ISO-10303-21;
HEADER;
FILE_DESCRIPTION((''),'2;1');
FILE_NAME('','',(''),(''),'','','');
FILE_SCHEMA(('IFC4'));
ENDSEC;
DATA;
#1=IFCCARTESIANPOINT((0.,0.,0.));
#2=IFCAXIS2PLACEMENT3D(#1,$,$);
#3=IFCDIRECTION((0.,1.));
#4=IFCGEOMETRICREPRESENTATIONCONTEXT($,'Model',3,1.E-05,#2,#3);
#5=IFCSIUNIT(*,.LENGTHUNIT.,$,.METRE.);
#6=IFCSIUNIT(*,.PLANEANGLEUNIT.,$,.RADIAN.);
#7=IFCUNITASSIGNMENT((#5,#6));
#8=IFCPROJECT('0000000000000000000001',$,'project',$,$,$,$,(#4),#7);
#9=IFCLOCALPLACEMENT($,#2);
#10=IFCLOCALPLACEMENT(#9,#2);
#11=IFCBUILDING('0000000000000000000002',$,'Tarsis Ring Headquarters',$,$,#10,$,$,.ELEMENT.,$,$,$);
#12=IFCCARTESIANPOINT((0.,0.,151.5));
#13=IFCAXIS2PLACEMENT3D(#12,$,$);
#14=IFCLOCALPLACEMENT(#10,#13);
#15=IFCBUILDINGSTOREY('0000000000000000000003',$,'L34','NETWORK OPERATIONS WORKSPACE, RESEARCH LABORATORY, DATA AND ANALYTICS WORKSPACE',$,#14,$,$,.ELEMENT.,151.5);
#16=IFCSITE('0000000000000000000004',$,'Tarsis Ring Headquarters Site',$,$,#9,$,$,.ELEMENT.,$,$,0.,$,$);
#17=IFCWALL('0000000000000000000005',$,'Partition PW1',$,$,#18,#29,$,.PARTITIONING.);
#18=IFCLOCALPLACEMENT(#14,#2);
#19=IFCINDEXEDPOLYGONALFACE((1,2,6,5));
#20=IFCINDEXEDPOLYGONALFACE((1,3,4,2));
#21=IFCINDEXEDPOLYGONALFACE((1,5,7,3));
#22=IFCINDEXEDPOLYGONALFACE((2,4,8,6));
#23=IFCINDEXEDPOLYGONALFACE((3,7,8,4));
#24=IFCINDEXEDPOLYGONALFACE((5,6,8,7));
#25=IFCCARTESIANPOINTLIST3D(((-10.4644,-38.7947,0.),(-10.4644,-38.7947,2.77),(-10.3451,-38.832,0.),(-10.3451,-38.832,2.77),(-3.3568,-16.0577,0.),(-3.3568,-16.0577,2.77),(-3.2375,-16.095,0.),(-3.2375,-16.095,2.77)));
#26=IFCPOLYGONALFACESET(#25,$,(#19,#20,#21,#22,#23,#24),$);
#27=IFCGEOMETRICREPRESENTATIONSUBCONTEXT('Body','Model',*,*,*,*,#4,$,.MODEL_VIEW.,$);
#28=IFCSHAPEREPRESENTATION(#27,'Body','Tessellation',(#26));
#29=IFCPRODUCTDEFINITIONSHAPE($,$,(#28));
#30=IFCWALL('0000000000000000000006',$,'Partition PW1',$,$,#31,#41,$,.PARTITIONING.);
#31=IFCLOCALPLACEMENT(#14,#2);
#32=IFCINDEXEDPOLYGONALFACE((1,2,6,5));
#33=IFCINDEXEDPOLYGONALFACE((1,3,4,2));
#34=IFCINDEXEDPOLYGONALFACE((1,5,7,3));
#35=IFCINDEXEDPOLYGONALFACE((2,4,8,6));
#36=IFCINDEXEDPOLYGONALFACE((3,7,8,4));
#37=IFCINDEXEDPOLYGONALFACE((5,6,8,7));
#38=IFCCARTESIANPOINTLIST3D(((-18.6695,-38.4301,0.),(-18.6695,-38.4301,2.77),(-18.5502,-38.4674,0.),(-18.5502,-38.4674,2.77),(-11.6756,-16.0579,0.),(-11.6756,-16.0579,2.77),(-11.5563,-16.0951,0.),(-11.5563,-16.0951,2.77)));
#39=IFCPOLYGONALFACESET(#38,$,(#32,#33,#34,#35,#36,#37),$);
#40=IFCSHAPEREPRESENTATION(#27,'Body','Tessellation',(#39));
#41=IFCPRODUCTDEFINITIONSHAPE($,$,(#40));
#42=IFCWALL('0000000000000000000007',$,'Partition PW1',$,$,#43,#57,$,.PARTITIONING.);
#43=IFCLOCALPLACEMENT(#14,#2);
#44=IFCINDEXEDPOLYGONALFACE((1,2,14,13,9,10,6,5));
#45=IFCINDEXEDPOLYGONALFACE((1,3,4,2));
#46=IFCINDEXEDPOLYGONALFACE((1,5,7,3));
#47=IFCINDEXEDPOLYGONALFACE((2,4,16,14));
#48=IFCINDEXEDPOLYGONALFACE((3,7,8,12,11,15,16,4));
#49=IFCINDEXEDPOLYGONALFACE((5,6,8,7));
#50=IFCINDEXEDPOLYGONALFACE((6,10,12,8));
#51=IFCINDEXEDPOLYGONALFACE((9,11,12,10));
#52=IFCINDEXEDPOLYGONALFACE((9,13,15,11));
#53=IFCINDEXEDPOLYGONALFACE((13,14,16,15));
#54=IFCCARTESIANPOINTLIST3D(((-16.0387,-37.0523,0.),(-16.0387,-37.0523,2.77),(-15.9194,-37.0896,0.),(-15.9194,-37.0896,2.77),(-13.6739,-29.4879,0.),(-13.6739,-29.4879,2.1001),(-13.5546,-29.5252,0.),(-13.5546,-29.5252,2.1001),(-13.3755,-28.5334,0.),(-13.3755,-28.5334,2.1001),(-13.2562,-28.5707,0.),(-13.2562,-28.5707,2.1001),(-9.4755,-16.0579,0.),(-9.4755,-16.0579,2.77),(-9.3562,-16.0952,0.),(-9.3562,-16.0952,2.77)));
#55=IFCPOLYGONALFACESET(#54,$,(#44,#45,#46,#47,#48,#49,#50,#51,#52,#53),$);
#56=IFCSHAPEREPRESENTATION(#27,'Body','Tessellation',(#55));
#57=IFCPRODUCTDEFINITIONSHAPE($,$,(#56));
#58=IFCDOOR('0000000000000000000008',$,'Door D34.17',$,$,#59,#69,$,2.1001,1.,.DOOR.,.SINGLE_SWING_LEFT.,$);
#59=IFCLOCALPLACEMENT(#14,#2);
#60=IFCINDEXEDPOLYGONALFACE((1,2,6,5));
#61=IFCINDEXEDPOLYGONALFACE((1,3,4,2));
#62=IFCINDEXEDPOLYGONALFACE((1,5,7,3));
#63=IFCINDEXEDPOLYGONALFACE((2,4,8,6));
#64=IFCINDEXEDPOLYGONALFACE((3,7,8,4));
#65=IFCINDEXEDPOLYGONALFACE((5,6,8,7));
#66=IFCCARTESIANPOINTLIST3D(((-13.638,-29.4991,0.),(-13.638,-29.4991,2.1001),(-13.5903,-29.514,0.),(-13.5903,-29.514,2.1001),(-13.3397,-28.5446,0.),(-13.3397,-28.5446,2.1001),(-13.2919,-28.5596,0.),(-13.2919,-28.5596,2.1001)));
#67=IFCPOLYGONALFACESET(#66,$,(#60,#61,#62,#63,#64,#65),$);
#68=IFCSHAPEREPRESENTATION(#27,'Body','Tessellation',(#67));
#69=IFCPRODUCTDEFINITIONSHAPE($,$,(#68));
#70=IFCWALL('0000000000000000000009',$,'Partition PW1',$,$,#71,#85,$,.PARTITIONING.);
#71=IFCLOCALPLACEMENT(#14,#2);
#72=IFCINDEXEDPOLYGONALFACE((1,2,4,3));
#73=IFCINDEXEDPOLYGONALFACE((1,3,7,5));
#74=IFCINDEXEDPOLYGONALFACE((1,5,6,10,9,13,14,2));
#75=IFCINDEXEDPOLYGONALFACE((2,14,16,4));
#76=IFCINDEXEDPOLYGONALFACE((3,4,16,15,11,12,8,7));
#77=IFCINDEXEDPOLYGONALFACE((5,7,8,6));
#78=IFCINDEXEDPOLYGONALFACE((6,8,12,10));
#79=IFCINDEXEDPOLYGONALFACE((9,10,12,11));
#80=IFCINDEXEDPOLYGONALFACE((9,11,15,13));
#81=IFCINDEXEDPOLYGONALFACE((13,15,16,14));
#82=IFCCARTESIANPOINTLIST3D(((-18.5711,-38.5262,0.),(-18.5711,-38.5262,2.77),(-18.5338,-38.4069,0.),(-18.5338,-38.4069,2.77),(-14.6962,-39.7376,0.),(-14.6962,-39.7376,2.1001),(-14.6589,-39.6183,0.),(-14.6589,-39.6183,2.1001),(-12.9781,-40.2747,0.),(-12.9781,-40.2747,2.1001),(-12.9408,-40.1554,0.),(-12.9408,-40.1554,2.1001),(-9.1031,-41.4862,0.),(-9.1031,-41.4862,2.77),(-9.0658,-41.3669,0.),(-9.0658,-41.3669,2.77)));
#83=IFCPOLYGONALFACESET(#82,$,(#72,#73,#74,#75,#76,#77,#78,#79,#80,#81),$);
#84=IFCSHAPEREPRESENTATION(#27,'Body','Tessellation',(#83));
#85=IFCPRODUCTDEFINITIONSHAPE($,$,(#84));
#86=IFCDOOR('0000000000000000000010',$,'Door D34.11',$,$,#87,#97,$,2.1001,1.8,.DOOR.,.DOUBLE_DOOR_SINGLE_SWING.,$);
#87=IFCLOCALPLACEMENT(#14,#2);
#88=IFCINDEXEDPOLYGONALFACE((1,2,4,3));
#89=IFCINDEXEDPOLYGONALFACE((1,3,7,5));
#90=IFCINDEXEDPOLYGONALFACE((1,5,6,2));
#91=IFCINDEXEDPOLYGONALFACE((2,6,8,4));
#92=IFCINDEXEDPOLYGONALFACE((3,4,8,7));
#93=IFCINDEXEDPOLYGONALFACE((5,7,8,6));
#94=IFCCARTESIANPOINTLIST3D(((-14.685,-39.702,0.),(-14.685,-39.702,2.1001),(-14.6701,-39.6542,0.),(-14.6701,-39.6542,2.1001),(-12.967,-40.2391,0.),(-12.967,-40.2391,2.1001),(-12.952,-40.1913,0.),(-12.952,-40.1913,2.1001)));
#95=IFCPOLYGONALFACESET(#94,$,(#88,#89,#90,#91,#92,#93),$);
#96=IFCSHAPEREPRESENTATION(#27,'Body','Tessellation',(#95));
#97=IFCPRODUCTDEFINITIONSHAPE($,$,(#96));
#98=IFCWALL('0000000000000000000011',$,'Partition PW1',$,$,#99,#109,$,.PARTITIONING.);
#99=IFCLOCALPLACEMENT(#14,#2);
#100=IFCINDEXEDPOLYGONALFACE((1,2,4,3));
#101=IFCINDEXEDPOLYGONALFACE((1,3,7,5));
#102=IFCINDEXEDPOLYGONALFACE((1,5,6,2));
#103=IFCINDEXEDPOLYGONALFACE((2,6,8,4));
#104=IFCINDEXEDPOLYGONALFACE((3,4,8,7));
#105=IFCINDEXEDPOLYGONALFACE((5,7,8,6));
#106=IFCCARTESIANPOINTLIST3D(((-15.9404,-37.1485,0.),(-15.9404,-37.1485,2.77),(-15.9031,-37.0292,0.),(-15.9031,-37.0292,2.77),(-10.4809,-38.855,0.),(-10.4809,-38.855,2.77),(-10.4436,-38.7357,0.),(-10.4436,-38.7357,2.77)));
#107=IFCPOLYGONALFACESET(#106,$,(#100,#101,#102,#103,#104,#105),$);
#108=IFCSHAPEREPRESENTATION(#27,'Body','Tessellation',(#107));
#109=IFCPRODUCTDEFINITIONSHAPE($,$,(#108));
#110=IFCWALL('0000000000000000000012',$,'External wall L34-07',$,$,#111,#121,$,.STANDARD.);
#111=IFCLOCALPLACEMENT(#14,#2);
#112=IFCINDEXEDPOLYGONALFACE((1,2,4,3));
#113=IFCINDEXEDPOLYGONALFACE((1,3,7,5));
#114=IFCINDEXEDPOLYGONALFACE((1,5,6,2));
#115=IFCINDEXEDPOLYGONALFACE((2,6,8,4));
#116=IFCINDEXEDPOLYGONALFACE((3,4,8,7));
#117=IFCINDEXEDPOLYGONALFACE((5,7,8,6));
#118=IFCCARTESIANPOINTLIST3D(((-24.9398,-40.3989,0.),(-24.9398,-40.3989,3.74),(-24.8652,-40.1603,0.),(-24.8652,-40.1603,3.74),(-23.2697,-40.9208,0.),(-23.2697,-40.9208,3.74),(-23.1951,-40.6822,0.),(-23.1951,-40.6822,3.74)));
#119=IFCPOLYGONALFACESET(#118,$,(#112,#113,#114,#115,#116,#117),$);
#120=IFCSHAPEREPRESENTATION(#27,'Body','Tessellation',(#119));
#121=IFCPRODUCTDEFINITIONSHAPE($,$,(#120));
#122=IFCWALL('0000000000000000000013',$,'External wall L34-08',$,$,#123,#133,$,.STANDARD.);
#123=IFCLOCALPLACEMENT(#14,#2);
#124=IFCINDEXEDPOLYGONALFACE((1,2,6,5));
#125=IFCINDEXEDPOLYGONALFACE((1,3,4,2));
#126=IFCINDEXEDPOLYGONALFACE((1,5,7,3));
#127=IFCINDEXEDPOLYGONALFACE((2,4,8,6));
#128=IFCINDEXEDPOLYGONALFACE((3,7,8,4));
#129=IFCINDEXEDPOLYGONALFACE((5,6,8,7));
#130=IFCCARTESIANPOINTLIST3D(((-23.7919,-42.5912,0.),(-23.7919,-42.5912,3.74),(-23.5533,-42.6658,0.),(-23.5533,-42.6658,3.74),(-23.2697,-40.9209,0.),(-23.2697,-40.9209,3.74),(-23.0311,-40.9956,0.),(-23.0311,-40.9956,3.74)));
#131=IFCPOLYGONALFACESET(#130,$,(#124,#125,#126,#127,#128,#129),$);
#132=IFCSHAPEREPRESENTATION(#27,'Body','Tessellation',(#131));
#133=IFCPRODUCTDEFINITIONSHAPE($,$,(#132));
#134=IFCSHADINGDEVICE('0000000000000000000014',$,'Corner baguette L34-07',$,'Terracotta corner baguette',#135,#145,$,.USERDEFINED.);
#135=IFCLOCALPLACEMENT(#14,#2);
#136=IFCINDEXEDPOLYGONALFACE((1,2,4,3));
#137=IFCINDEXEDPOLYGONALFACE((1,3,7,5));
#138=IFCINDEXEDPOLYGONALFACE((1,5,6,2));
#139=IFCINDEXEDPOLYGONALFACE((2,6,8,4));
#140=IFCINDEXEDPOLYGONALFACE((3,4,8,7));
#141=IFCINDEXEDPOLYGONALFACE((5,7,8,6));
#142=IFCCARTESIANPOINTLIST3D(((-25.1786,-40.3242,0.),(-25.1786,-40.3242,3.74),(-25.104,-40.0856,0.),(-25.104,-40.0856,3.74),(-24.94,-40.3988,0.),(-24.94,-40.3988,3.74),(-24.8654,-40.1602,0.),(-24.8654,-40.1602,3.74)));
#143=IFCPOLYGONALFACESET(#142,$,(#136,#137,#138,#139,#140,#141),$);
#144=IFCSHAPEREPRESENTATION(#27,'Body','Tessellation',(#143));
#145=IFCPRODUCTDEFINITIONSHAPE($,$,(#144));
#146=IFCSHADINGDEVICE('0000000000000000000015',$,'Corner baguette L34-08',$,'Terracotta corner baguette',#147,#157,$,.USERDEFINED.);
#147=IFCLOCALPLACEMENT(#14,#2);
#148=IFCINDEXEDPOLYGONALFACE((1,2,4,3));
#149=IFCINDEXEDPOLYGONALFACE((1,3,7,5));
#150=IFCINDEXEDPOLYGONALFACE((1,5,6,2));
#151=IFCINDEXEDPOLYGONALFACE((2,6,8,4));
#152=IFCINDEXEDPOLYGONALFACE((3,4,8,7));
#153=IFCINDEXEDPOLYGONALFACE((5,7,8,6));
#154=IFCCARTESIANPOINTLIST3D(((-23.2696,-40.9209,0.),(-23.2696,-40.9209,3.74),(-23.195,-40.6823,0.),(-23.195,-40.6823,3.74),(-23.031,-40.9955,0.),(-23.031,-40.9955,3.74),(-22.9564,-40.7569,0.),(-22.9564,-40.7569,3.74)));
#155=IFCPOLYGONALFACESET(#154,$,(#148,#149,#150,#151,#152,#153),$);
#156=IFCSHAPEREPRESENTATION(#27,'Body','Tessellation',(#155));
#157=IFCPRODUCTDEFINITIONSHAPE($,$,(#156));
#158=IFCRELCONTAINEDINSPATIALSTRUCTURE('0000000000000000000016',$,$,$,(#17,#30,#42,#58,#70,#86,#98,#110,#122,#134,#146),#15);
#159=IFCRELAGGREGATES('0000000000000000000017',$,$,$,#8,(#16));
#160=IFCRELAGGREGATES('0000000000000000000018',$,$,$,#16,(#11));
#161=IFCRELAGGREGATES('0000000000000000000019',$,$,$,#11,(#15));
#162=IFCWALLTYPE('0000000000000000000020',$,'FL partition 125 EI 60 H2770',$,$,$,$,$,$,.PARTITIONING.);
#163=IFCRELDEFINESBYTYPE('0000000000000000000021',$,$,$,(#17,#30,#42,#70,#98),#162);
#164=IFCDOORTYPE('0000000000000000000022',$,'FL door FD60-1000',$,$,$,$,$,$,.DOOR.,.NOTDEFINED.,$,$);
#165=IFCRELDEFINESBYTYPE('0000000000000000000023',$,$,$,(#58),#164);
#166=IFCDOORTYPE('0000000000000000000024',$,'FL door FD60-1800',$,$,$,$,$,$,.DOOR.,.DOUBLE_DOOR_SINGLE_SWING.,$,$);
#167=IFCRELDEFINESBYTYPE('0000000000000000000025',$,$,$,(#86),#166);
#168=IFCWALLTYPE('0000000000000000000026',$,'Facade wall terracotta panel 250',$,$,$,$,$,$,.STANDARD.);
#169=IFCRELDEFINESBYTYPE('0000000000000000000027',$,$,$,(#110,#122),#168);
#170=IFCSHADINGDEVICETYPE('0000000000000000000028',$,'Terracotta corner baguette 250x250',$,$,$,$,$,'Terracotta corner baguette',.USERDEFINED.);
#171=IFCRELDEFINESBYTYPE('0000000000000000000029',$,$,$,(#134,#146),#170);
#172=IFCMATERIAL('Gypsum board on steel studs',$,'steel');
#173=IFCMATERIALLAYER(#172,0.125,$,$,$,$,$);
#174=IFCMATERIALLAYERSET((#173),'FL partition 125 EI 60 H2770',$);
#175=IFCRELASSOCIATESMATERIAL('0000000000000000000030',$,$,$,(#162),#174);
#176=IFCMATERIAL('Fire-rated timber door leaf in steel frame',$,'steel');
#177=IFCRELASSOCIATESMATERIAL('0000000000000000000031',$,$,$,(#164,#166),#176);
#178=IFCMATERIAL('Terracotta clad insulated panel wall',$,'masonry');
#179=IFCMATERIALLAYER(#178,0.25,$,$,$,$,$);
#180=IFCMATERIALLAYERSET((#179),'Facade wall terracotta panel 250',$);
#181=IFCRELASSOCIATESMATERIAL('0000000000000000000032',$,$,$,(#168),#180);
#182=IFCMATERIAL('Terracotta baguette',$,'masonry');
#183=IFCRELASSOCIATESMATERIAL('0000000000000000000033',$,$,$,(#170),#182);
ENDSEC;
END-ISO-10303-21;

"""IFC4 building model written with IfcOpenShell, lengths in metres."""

from ifc_helpers import new_model, si_unit, direction, frame, frame_2d, origin, origin_2d, place, context, subcontext, project, spatial, rectangle, extrude, material, layer, layer_set, type_object, element, fill, save


model = new_model("IFC4")

# Units and contexts
model_context = context("Model", 3, precision=1e-05, world=origin(), true_north=direction((0.0, 1.0)))
body_context = subcontext(model_context, "Body", "Model", "MODEL_VIEW")
ifc_project = project(units=[si_unit("LENGTHUNIT", "METRE"), si_unit("PLANEANGLEUNIT", "RADIAN")], contexts=[model_context])

# Site, building, storey
site_placement = place(None, origin())
site = spatial("IfcSite", under=ifc_project, at=site_placement, Name="Tarsis Ring Headquarters Site", CompositionType="ELEMENT", RefElevation=0.0)
building_placement = place(site_placement, origin())
building = spatial("IfcBuilding", under=site, at=building_placement, Name="Tarsis Ring Headquarters", CompositionType="ELEMENT")
storey_placement = place(building_placement, frame((0.0, 0.0, 151.5)))
storey = spatial("IfcBuildingStorey", under=building, at=storey_placement, Name="L34", Description="NETWORK OPERATIONS WORKSPACE, RESEARCH LABORATORY, DATA AND ANALYTICS WORKSPACE", CompositionType="ELEMENT", Elevation=151.5)

# Walls
ifc_material_1 = material(Name="Gypsum board on steel studs", Category="steel")
ifc_layer_1 = layer(ifc_material_1, 0.125)
ifc_layer_set_1 = layer_set([ifc_layer_1], Name="FL partition 125 EI 60 H2770")
wall_type_1 = type_object("IfcWallType", Name="FL partition 125 EI 60 H2770", PredefinedType="PARTITIONING", material=ifc_layer_set_1)
wall_1_placement = place(storey_placement, frame((-10.4048, -38.8135, 0.0), z_axis=(0.0, 0.0, 1.0), x_axis=(0.298364, 0.954452, 0.0)))
element("IfcWall", 1, at=wall_1_placement, inside=storey, type_object=wall_type_1, Name="Partition PW1", PredefinedType="PARTITIONING", context=body_context, shape_type="SweptSolid", body=[
    extrude(rectangle(XDim=23.822, YDim=0.125, at=frame_2d((11.9111, 0.0))), origin(), (0.0, 0.0, 1.0), 2.77),
])
wall_2_placement = place(storey_placement, frame((-18.6099, -38.4487, 0.0), z_axis=(0.0, 0.0, 1.0), x_axis=(0.298374, 0.954449, 0.0)))
element("IfcWall", 2, at=wall_2_placement, inside=storey, type_object=wall_type_1, Name="Partition PW1", PredefinedType="PARTITIONING", context=body_context, shape_type="SweptSolid", body=[
    extrude(rectangle(XDim=23.4399, YDim=0.125, at=frame_2d((11.72, 0.0))), origin(), (0.0, 0.0, 1.0), 2.77),
])

# Walls, openings, doors
wall_3_placement = place(storey_placement, frame((-15.979, -37.0708, 0.0), z_axis=(0.0, 0.0, 1.0), x_axis=(0.298378, 0.954448, 0.0)))
wall_3 = element("IfcWall", 3, at=wall_3_placement, inside=storey, type_object=wall_type_1, Name="Partition PW1", PredefinedType="PARTITIONING", context=body_context, shape_type="SweptSolid", body=[
    extrude(rectangle(XDim=21.9963, YDim=0.125, at=frame_2d((10.998, 0.0))), origin(), (0.0, 0.0, 1.0), 2.77),
])
opening_1_placement = place(wall_3_placement, frame((7.9253, 0.0, 0.0)))
opening_1 = element("IfcOpeningElement", 4, at=opening_1_placement, cuts=wall_3, PredefinedType="OPENING", context=body_context, shape_type="SweptSolid", body=[
    extrude(rectangle(XDim=1.0, YDim=2.1001, at=frame_2d((0.5, 1.05))), frame((0.0, 0.0725, 0.0), z_axis=(0.0, -1.0, 0.0), x_axis=(1.0, 0.0, 0.0)), (0.0, 0.0, 1.0), 0.145),
])
ifc_material_2 = material(Name="Fire-rated timber door leaf in steel frame", Category="steel")
door_type_1 = type_object("IfcDoorType", Name="FL door FD60-1000", OperationType="NOTDEFINED", PredefinedType="DOOR", material=ifc_material_2)
door_1_placement = place(opening_1_placement, origin())
door_1 = element("IfcDoor", 5, at=door_1_placement, inside=storey, type_object=door_type_1, Name="Door D34.17", OperationType="SINGLE_SWING_LEFT", OverallHeight=2.1001, OverallWidth=1.0, PredefinedType="DOOR", context=body_context, shape_type="SweptSolid", body=[
    extrude(rectangle(XDim=1.0, YDim=2.1001, at=frame_2d((0.5, 1.05))), frame((0.0, 0.0249, 0.0), z_axis=(0.0, -1.0, 0.0), x_axis=(1.0, 0.0, 0.0)), (0.0, 0.0, 1.0), 0.05),
])
fill(opening_1, door_1)
wall_4_placement = place(storey_placement, frame((-18.5525, -38.4666, 0.0), z_axis=(0.0, 0.0, 1.0), x_axis=(0.954445, -0.298386, 0.0)))
wall_4 = element("IfcWall", 6, at=wall_4_placement, inside=storey, type_object=wall_type_1, Name="Partition PW1", PredefinedType="PARTITIONING", context=body_context, shape_type="SweptSolid", body=[
    extrude(rectangle(XDim=9.9199, YDim=0.125, at=frame_2d((4.96, 0.0))), origin(), (0.0, 0.0, 1.0), 2.77),
])
opening_2_placement = place(wall_4_placement, frame((4.0601, 0.0, 0.0)))
opening_2 = element("IfcOpeningElement", 7, at=opening_2_placement, cuts=wall_4, PredefinedType="OPENING", context=body_context, shape_type="SweptSolid", body=[
    extrude(rectangle(XDim=1.8, YDim=2.1001, at=frame_2d((0.8999, 1.05))), frame((0.0, 0.0725, 0.0), z_axis=(0.0, -1.0, 0.0), x_axis=(1.0, 0.0, 0.0)), (0.0, 0.0, 1.0), 0.145),
])
door_type_2 = type_object("IfcDoorType", Name="FL door FD60-1800", OperationType="DOUBLE_DOOR_SINGLE_SWING", PredefinedType="DOOR", material=ifc_material_2)
door_2_placement = place(opening_2_placement, origin())
door_2 = element("IfcDoor", 8, at=door_2_placement, inside=storey, type_object=door_type_2, Name="Door D34.11", OperationType="DOUBLE_DOOR_SINGLE_SWING", OverallHeight=2.1001, OverallWidth=1.8, PredefinedType="DOOR", context=body_context, shape_type="SweptSolid", body=[
    extrude(rectangle(XDim=1.8, YDim=2.1001, at=frame_2d((0.8999, 1.05))), frame((0.0, 0.0249, 0.0), z_axis=(0.0, -1.0, 0.0), x_axis=(1.0, 0.0, 0.0)), (0.0, 0.0, 1.0), 0.05),
])
fill(opening_2, door_2)

# Walls
wall_5_placement = place(storey_placement, frame((-15.9216, -37.0889, 0.0), z_axis=(0.0, 0.0, 1.0), x_axis=(0.954457, -0.298348, 0.0)))
element("IfcWall", 9, at=wall_5_placement, inside=storey, type_object=wall_type_1, Name="Partition PW1", PredefinedType="PARTITIONING", context=body_context, shape_type="SweptSolid", body=[
    extrude(rectangle(XDim=5.72, YDim=0.125, at=frame_2d((2.8599, 0.0))), origin(), (0.0, 0.0, 1.0), 2.77),
])
ifc_material_3 = material(Name="Terracotta clad insulated panel wall", Category="masonry")
ifc_layer_2 = layer(ifc_material_3, 0.25)
ifc_layer_set_2 = layer_set([ifc_layer_2], Name="Facade wall terracotta panel 250")
wall_type_2 = type_object("IfcWallType", Name="Facade wall terracotta panel 250", PredefinedType="STANDARD", material=ifc_layer_set_2)
wall_6_placement = place(storey_placement, frame((-24.9026, -40.2795, 0.0), z_axis=(0.0, 0.0, 1.0), x_axis=(0.954473, -0.298299, 0.0)))
element("IfcWall", 10, at=wall_6_placement, inside=storey, type_object=wall_type_2, Name="External wall L34-07", PredefinedType="STANDARD", context=body_context, shape_type="SweptSolid", body=[
    extrude(rectangle(XDim=1.7498, YDim=0.25, at=frame_2d((0.875, 0.0))), origin(), (0.0, 0.0, 1.0), 3.74),
])
wall_7_placement = place(storey_placement, frame((-23.1504, -40.9583, 0.0), z_axis=(0.0, 0.0, 1.0), x_axis=(-0.298426, -0.954433, 0.0)))
element("IfcWall", 11, at=wall_7_placement, inside=storey, type_object=wall_type_2, Name="External wall L34-08", PredefinedType="STANDARD", context=body_context, shape_type="SweptSolid", body=[
    extrude(rectangle(XDim=1.75, YDim=0.25, at=frame_2d((0.875, 0.0))), origin(), (0.0, 0.0, 1.0), 3.74),
])

# Shading devices
ifc_material_4 = material(Name="Terracotta baguette", Category="masonry")
shading_device_type_1 = type_object("IfcShadingDeviceType", Name="Terracotta corner baguette 250x250", ElementType="Terracotta corner baguette", PredefinedType="USERDEFINED", material=ifc_material_4)
for number, where, z_axis, x_axis, name in (
    (12, (-25.022, -40.2422, 0.0), (0.0, 0.0, 1.0), (-0.298375, -0.954449, 0.0), "Corner baguette L34-07"),
    (13, (-23.113, -40.8389, 0.0), (0.0, 0.0, 1.0), (0.954449, -0.298374, 0.0), "Corner baguette L34-08"),
):
    element("IfcShadingDevice", number, at=place(storey_placement, frame(where, z_axis=z_axis, x_axis=x_axis)), inside=storey, type_object=shading_device_type_1, Name=name, ObjectType="Terracotta corner baguette", PredefinedType="USERDEFINED", context=body_context, shape_type="SweptSolid", body=[
        extrude(rectangle(XDim=0.25, YDim=0.25, at=origin_2d()), origin(), (0.0, 0.0, 1.0), 3.74),
    ])

save(model, "model.ifc")
